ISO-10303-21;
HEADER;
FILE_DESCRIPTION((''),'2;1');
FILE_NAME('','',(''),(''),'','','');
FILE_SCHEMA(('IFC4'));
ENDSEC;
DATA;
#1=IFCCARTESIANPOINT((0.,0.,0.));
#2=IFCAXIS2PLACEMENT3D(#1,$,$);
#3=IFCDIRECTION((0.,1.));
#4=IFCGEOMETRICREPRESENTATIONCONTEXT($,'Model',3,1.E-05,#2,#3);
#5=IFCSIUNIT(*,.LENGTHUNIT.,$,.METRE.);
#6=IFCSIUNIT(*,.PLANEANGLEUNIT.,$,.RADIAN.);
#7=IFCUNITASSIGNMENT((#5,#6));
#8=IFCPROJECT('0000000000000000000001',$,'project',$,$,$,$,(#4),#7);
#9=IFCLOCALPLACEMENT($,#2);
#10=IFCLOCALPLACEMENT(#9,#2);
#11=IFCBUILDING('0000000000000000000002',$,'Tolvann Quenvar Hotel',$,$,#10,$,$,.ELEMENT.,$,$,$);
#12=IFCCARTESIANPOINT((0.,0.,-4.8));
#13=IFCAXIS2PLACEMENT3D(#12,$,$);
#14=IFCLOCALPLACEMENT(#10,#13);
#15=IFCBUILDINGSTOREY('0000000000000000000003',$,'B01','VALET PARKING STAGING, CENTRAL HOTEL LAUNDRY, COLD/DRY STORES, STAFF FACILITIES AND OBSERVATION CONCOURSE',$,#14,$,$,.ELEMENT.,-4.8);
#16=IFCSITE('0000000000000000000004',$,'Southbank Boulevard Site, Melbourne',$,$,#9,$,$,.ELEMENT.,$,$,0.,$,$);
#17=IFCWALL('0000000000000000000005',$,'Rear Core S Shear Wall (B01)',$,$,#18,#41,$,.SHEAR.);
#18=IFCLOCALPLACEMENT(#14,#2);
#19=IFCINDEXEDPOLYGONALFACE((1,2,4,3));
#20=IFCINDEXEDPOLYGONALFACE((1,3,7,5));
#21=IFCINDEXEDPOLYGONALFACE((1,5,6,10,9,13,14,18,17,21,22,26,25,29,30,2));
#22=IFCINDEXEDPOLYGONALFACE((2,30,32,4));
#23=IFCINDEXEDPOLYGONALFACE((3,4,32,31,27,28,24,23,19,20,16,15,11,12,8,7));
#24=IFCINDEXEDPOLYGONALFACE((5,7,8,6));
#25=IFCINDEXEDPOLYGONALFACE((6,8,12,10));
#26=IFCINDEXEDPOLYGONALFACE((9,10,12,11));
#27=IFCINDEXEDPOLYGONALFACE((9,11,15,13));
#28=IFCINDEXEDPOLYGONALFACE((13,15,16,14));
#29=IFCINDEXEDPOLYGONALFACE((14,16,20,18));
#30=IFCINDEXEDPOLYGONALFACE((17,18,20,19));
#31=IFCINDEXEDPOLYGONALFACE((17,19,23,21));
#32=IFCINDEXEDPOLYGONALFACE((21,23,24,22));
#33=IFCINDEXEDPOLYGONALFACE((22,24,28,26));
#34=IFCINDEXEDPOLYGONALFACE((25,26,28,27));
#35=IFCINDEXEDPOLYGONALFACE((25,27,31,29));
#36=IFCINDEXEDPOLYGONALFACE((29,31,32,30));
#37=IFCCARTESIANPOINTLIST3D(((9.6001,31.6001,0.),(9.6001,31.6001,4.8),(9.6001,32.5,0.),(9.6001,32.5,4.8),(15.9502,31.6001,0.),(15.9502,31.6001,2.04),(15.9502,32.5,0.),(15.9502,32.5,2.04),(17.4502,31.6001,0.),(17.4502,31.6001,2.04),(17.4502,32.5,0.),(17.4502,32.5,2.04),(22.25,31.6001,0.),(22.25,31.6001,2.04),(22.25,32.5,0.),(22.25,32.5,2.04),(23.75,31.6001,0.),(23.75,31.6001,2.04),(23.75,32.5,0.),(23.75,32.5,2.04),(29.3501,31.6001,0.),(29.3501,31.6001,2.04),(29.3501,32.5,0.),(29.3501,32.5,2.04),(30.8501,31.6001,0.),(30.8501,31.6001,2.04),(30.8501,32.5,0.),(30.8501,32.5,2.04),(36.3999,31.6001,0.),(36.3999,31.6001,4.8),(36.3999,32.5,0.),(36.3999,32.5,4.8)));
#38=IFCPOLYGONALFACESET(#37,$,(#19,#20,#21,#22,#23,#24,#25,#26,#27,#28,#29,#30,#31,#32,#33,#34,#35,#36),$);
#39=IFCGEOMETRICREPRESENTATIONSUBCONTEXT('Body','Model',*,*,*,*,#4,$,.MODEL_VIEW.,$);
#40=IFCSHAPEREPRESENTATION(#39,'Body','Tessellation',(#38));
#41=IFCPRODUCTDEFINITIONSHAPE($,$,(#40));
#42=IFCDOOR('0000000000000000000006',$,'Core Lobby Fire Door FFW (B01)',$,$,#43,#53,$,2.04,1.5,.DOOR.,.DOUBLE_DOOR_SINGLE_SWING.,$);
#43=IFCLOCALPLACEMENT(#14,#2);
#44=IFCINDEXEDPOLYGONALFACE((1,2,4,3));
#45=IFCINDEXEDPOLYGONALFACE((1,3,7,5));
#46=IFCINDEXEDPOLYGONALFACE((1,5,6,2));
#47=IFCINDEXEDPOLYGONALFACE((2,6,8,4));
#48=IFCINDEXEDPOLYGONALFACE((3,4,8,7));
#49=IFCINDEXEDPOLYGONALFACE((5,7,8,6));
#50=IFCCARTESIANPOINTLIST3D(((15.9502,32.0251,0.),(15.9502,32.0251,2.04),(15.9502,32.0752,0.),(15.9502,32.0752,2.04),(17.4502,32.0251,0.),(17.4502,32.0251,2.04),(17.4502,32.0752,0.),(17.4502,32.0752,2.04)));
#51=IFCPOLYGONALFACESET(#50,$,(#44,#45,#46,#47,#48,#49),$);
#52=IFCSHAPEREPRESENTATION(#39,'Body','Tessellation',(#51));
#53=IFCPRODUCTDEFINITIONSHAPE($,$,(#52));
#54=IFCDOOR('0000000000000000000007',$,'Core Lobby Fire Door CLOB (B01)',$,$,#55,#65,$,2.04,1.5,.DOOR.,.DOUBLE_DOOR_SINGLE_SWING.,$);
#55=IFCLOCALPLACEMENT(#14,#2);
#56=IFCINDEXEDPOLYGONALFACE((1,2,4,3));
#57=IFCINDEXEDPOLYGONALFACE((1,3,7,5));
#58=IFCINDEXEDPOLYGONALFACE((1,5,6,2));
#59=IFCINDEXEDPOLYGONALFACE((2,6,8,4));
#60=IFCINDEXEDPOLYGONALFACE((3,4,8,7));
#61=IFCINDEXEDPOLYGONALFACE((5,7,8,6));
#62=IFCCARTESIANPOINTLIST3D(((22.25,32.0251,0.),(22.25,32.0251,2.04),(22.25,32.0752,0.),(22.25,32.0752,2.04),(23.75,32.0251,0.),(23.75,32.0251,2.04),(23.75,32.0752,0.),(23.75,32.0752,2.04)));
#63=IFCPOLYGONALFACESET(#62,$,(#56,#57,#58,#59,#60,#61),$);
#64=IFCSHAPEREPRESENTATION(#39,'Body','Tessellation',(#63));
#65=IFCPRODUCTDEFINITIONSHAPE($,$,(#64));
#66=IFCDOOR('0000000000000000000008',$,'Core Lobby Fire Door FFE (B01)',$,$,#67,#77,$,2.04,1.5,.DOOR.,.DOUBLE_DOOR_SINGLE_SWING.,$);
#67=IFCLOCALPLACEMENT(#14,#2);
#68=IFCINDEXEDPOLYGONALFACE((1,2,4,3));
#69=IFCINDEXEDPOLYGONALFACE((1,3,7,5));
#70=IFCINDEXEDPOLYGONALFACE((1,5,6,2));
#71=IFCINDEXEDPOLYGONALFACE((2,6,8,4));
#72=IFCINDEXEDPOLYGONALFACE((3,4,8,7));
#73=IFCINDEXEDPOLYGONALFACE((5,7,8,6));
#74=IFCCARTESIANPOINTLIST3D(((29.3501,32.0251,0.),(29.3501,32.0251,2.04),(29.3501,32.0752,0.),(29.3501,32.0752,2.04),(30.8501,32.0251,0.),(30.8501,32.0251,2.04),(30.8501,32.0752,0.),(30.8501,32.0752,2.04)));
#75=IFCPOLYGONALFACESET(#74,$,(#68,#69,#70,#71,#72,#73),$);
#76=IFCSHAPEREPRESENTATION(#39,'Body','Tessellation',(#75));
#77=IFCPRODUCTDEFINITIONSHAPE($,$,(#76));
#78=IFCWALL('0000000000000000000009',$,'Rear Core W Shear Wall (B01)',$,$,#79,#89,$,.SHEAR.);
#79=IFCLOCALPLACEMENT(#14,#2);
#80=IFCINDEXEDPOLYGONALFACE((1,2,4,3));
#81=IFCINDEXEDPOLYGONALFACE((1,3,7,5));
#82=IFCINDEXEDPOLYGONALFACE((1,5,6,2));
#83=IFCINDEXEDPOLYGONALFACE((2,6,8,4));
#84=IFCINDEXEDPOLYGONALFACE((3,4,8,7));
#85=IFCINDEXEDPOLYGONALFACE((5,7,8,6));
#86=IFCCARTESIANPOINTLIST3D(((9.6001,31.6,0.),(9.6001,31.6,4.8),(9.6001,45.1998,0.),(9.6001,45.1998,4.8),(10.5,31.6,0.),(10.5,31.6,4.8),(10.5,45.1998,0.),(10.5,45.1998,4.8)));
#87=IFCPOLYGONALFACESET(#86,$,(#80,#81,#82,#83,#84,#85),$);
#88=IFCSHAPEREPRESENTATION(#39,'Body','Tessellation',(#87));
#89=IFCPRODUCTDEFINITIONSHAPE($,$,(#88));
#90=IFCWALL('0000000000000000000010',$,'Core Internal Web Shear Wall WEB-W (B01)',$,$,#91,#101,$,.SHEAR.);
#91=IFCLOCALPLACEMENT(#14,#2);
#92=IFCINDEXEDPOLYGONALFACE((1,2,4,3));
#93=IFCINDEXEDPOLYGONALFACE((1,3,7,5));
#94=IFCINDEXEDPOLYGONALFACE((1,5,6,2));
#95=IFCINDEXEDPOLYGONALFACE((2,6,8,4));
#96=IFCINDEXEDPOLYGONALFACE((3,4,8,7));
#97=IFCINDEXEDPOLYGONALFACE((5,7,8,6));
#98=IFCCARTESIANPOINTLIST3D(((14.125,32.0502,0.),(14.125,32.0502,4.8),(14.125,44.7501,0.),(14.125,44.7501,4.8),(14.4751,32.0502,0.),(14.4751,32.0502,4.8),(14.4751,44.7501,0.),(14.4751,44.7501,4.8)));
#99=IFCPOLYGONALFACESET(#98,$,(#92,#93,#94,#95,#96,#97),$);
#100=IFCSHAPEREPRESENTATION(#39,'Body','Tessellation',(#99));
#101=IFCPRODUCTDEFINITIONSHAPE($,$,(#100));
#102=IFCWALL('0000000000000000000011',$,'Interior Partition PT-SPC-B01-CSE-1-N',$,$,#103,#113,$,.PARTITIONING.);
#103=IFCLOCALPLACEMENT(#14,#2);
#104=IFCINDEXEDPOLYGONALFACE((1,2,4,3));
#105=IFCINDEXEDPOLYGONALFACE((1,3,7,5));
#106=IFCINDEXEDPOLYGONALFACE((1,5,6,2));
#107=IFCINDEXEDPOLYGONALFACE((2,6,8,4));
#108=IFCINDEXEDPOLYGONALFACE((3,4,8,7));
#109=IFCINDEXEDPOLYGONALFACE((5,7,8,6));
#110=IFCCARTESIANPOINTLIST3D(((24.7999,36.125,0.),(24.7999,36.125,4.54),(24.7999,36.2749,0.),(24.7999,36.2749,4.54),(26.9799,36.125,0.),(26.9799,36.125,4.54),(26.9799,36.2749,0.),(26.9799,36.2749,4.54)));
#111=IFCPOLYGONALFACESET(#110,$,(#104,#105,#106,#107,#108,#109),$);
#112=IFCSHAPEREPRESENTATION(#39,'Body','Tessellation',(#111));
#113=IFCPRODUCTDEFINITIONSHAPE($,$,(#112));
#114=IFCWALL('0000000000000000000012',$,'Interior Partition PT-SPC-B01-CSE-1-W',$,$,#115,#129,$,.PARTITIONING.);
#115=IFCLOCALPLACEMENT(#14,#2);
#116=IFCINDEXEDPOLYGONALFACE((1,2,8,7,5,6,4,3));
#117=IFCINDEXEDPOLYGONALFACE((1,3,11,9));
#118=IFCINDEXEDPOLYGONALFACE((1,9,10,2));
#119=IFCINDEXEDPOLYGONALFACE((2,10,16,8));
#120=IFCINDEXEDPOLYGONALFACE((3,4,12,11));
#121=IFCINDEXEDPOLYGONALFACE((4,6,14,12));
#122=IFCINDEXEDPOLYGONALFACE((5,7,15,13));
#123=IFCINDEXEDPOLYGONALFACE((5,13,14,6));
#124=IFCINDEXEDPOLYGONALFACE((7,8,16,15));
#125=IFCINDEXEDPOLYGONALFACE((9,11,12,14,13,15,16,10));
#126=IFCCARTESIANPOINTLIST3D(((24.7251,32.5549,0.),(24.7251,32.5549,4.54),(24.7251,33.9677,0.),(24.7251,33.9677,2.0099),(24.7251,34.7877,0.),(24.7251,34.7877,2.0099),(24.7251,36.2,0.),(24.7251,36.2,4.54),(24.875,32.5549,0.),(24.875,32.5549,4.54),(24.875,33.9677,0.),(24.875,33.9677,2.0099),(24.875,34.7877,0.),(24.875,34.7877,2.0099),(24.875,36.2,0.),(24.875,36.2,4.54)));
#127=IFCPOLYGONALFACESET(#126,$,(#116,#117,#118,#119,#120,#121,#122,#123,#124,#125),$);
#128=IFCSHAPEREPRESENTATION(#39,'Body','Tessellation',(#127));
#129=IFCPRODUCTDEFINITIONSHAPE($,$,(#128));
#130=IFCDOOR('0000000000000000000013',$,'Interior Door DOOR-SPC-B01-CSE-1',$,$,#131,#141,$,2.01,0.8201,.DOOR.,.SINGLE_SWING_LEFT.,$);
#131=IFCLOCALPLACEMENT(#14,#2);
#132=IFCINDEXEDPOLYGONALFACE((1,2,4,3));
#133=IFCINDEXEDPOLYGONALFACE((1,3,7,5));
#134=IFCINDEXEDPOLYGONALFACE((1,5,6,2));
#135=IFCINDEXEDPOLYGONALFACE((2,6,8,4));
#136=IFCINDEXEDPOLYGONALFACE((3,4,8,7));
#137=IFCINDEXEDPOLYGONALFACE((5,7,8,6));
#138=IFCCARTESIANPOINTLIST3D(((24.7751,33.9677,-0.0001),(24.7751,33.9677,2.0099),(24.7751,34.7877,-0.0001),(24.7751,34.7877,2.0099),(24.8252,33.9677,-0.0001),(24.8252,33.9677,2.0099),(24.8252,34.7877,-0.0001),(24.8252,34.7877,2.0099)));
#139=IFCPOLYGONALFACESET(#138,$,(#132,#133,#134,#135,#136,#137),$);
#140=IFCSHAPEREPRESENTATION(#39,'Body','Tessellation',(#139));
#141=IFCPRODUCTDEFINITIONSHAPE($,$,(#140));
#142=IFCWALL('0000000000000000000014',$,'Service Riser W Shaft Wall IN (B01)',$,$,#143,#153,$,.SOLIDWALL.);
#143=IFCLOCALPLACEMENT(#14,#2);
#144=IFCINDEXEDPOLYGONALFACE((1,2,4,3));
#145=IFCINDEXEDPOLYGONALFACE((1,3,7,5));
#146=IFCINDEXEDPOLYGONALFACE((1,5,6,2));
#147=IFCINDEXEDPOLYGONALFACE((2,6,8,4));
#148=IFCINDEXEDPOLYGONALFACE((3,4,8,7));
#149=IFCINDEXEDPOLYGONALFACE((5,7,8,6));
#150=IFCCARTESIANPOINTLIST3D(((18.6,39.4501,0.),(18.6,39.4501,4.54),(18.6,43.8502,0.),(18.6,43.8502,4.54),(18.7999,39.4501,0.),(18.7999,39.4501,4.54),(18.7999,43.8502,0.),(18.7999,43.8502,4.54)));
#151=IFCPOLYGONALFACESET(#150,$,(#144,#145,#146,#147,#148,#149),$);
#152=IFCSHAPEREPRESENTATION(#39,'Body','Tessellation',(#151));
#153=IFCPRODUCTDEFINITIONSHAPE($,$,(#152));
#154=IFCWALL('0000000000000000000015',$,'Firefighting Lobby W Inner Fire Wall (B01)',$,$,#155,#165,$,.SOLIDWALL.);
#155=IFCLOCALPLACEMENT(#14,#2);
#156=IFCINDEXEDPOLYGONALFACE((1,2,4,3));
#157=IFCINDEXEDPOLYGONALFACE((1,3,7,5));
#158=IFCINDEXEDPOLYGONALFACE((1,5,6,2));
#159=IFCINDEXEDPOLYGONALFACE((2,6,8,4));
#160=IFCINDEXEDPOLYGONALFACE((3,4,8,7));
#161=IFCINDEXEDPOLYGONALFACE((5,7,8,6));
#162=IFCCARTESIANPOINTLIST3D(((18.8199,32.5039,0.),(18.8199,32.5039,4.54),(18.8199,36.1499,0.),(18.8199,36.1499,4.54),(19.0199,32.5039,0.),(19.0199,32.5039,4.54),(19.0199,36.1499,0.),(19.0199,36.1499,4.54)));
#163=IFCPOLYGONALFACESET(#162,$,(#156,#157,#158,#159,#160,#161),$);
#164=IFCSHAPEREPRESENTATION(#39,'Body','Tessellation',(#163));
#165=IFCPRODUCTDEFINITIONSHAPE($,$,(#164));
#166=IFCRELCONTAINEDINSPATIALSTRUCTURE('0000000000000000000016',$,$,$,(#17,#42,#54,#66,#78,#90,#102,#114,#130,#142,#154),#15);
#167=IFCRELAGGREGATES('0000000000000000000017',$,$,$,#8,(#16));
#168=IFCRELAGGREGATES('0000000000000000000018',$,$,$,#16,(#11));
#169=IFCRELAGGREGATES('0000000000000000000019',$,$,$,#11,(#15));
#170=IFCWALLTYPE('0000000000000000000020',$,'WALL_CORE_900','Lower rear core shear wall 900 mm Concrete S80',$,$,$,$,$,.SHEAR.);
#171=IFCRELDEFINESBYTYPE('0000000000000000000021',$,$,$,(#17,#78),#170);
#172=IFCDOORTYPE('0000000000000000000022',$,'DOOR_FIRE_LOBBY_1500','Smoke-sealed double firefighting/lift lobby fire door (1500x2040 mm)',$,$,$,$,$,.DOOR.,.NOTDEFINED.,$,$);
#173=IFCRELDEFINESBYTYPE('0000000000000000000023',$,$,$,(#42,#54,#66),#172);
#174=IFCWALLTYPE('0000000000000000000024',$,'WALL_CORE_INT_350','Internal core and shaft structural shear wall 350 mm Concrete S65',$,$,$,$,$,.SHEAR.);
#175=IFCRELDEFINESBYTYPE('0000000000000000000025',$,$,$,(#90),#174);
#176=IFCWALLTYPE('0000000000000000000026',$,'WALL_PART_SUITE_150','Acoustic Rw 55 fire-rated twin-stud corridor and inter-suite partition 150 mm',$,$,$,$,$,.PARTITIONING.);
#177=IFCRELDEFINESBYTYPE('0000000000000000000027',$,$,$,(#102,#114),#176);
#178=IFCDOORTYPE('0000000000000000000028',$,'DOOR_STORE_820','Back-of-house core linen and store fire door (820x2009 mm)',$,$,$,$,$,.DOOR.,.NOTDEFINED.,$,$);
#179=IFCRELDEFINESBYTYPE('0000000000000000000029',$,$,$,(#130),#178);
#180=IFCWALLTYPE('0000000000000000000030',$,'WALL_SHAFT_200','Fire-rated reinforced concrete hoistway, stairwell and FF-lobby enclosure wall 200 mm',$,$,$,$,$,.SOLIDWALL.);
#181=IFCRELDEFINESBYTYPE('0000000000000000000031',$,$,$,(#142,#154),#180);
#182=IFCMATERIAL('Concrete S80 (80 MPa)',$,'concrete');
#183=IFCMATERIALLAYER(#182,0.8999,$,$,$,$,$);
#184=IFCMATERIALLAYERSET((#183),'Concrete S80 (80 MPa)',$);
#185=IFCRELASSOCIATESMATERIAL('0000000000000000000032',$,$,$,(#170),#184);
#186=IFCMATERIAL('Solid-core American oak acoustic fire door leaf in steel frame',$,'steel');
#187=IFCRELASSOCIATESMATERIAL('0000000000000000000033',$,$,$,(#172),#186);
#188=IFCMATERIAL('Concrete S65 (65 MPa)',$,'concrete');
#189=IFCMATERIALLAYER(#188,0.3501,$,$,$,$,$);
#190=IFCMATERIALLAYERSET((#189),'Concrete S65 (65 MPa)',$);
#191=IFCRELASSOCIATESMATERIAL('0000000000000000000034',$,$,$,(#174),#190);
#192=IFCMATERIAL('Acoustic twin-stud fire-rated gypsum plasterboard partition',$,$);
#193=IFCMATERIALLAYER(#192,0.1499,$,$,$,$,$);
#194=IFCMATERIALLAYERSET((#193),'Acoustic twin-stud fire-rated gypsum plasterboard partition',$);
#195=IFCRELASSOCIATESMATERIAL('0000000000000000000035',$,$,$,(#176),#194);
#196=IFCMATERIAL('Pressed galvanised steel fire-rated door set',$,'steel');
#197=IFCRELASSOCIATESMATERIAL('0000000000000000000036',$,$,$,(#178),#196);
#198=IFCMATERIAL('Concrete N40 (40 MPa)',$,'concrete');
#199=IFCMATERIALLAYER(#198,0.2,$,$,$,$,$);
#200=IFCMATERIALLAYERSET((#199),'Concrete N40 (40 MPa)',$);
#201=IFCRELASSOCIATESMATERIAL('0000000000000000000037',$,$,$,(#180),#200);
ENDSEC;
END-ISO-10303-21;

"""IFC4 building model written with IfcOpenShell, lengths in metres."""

from ifc_helpers import new_model, si_unit, direction, frame, frame_2d, origin, place, context, subcontext, project, spatial, rectangle, extrude, source, transform, mapped, material, layer, layer_set, type_object, type_shapes, element, fill, save


model = new_model("IFC4")

# Units and contexts
model_context = context("Model", 3, precision=1e-05, world=origin(), true_north=direction((0.0, 1.0)))
body_context = subcontext(model_context, "Body", "Model", "MODEL_VIEW")
ifc_project = project(units=[si_unit("LENGTHUNIT", "METRE"), si_unit("PLANEANGLEUNIT", "RADIAN")], contexts=[model_context])

# Site, building, storey
site_placement = place(None, origin())
site = spatial("IfcSite", under=ifc_project, at=site_placement, Name="Southbank Boulevard Site, Melbourne", CompositionType="ELEMENT", RefElevation=0.0)
building_placement = place(site_placement, origin())
building = spatial("IfcBuilding", under=site, at=building_placement, Name="Tolvann Quenvar Hotel", CompositionType="ELEMENT")
storey_placement = place(building_placement, frame((0.0, 0.0, -4.8)))
storey = spatial("IfcBuildingStorey", under=building, at=storey_placement, Name="B01", Description="VALET PARKING STAGING, CENTRAL HOTEL LAUNDRY, COLD/DRY STORES, STAFF FACILITIES AND OBSERVATION CONCOURSE", CompositionType="ELEMENT", Elevation=-4.8)

# Shared definitions
ifc_material_1 = material(Name="Concrete S80 (80 MPa)", Category="concrete")

# Wall, openings, doors
ifc_layer_1 = layer(ifc_material_1, 0.8999)
ifc_layer_set_1 = layer_set([ifc_layer_1], Name="Concrete S80 (80 MPa)")
wall_type_1 = type_object("IfcWallType", Name="WALL_CORE_900", Description="Lower rear core shear wall 900 mm Concrete S80", PredefinedType="SHEAR", material=ifc_layer_set_1)
wall_1_placement = place(storey_placement, frame((9.6001, 32.05, 0.0), z_axis=(0.0, 0.0, 1.0), x_axis=(1.0, 0.0, 0.0)))
wall_1 = element("IfcWall", 1, at=wall_1_placement, inside=storey, type_object=wall_type_1, Name="Rear Core S Shear Wall (B01)", PredefinedType="SHEAR", context=body_context, shape_type="SweptSolid", body=[
    extrude(rectangle(XDim=26.7998, YDim=0.8999, at=frame_2d((13.3999, 0.0))), origin(), (0.0, 0.0, 1.0), 4.8),
])
opening_1_placement = place(wall_1_placement, frame((7.8501, 0.0, 0.0), z_axis=(0.0, 0.0, 1.0), x_axis=(-1.0, 0.0, 0.0)))
opening_1 = element("IfcOpeningElement", 2, at=opening_1_placement, cuts=wall_1, PredefinedType="OPENING", context=body_context, shape_type="SweptSolid", body=[
    extrude(rectangle(XDim=1.5, YDim=2.04, at=frame_2d((0.75, 1.02))), frame((0.0, 0.46, 0.0), z_axis=(0.0, -1.0, 0.0), x_axis=(1.0, 0.0, 0.0)), (0.0, 0.0, 1.0), 0.9199),
])
opening_2_placement = place(wall_1_placement, frame((14.1499, 0.0, 0.0), z_axis=(0.0, 0.0, 1.0), x_axis=(-1.0, 0.0, 0.0)))
opening_2 = element("IfcOpeningElement", 3, at=opening_2_placement, cuts=wall_1, PredefinedType="OPENING", context=body_context, shape_type="SweptSolid", body=[
    extrude(rectangle(XDim=1.5, YDim=2.04, at=frame_2d((0.75, 1.02))), frame((0.0, 0.46, 0.0), z_axis=(0.0, -1.0, 0.0), x_axis=(1.0, 0.0, 0.0)), (0.0, 0.0, 1.0), 0.9199),
])
opening_3_placement = place(wall_1_placement, frame((21.25, 0.0, 0.0), z_axis=(0.0, 0.0, 1.0), x_axis=(-1.0, 0.0, 0.0)))
opening_3 = element("IfcOpeningElement", 4, at=opening_3_placement, cuts=wall_1, PredefinedType="OPENING", context=body_context, shape_type="SweptSolid", body=[
    extrude(rectangle(XDim=1.5, YDim=2.04, at=frame_2d((0.75, 1.02))), frame((0.0, 0.46, 0.0), z_axis=(0.0, -1.0, 0.0), x_axis=(1.0, 0.0, 0.0)), (0.0, 0.0, 1.0), 0.9199),
])
ifc_material_2 = material(Name="Solid-core American oak acoustic fire door leaf in steel frame", Category="steel")
door_type_1 = type_object("IfcDoorType", Name="DOOR_FIRE_LOBBY_1500", Description="Smoke-sealed double firefighting/lift lobby fire door (1500x2040 mm)", OperationType="NOTDEFINED", PredefinedType="DOOR", material=ifc_material_2)
shared_shape_1 = source(origin(), body_context, "Body", "SweptSolid", [
    extrude(rectangle(XDim=1.5, YDim=2.04, at=frame_2d((0.75, 1.02))), frame((0.0, 0.0249, 0.0), z_axis=(0.0, -1.0, 0.0), x_axis=(1.0, 0.0, 0.0)), (0.0, 0.0, 1.0), 0.05),
])
type_shapes(door_type_1, [shared_shape_1])
door_1_placement = place(opening_1_placement, origin())
door_1 = element("IfcDoor", 5, at=door_1_placement, inside=storey, type_object=door_type_1, Name="Core Lobby Fire Door FFW (B01)", OperationType="DOUBLE_DOOR_SINGLE_SWING", OverallHeight=2.04, OverallWidth=1.5, PredefinedType="DOOR", context=body_context, shape_type="MappedRepresentation", body=[
    mapped(shared_shape_1, transform((0.0, 0.0, 0.0), x_axis=(1.0, 0.0, 0.0), y_axis=(0.0, 1.0, 0.0), z_axis=(0.0, 0.0, 1.0), scale=1.0)),
])
fill(opening_1, door_1)
door_2_placement = place(opening_2_placement, origin())
door_2 = element("IfcDoor", 6, at=door_2_placement, inside=storey, type_object=door_type_1, Name="Core Lobby Fire Door CLOB (B01)", OperationType="DOUBLE_DOOR_SINGLE_SWING", OverallHeight=2.04, OverallWidth=1.5, PredefinedType="DOOR", context=body_context, shape_type="MappedRepresentation", body=[
    mapped(shared_shape_1, transform((0.0, 0.0, 0.0), x_axis=(1.0, 0.0, 0.0), y_axis=(0.0, 1.0, 0.0), z_axis=(0.0, 0.0, 1.0), scale=1.0)),
])
fill(opening_2, door_2)
door_3_placement = place(opening_3_placement, origin())
door_3 = element("IfcDoor", 7, at=door_3_placement, inside=storey, type_object=door_type_1, Name="Core Lobby Fire Door FFE (B01)", OperationType="DOUBLE_DOOR_SINGLE_SWING", OverallHeight=2.04, OverallWidth=1.5, PredefinedType="DOOR", context=body_context, shape_type="MappedRepresentation", body=[
    mapped(shared_shape_1, transform((0.0, 0.0, 0.0), x_axis=(1.0, 0.0, 0.0), y_axis=(0.0, 1.0, 0.0), z_axis=(0.0, 0.0, 1.0), scale=1.0)),
])
fill(opening_3, door_3)

# Walls
wall_2_placement = place(storey_placement, frame((10.05, 31.6001, 0.0), z_axis=(0.0, 0.0, 1.0), x_axis=(0.0, 1.0, 0.0)))
element("IfcWall", 8, at=wall_2_placement, inside=storey, type_object=wall_type_1, Name="Rear Core W Shear Wall (B01)", PredefinedType="SHEAR", context=body_context, shape_type="SweptSolid", body=[
    extrude(rectangle(XDim=13.5999, YDim=0.8999, at=frame_2d((6.7998, 0.0))), origin(), (0.0, 0.0, 1.0), 4.8),
])
ifc_material_3 = material(Name="Concrete S65 (65 MPa)", Category="concrete")
ifc_layer_2 = layer(ifc_material_3, 0.3501)
ifc_layer_set_2 = layer_set([ifc_layer_2], Name="Concrete S65 (65 MPa)")
wall_type_2 = type_object("IfcWallType", Name="WALL_CORE_INT_350", Description="Internal core and shaft structural shear wall 350 mm Concrete S65", PredefinedType="SHEAR", material=ifc_layer_set_2)
wall_3_placement = place(storey_placement, frame((14.3, 32.05, 0.0), z_axis=(0.0, 0.0, 1.0), x_axis=(0.0, 1.0, 0.0)))
element("IfcWall", 9, at=wall_3_placement, inside=storey, type_object=wall_type_2, Name="Core Internal Web Shear Wall WEB-W (B01)", PredefinedType="SHEAR", context=body_context, shape_type="SweptSolid", body=[
    extrude(rectangle(XDim=12.7, YDim=0.3501, at=frame_2d((6.3501, 0.0))), origin(), (0.0, 0.0, 1.0), 4.8),
])
ifc_material_4 = material(Name="Acoustic twin-stud fire-rated gypsum plasterboard partition")
ifc_layer_3 = layer(ifc_material_4, 0.1499)
ifc_layer_set_3 = layer_set([ifc_layer_3], Name="Acoustic twin-stud fire-rated gypsum plasterboard partition")
wall_type_3 = type_object("IfcWallType", Name="WALL_PART_SUITE_150", Description="Acoustic Rw 55 fire-rated twin-stud corridor and inter-suite partition 150 mm", PredefinedType="PARTITIONING", material=ifc_layer_set_3)
wall_4_placement = place(storey_placement, frame((24.8, 36.2, 0.0), z_axis=(0.0, 0.0, 1.0), x_axis=(1.0, 0.0, 0.0)))
element("IfcWall", 10, at=wall_4_placement, inside=storey, type_object=wall_type_3, Name="Interior Partition PT-SPC-B01-CSE-1-N", PredefinedType="PARTITIONING", context=body_context, shape_type="SweptSolid", body=[
    extrude(rectangle(XDim=2.1799, YDim=0.1499, at=frame_2d((1.0898, 0.0))), origin(), (0.0, 0.0, 1.0), 4.54),
])

# Wall, opening, door
wall_5_placement = place(storey_placement, frame((24.8, 32.5549, 0.0), z_axis=(0.0, 0.0, 1.0), x_axis=(0.0, 1.0, 0.0)))
wall_5 = element("IfcWall", 11, at=wall_5_placement, inside=storey, type_object=wall_type_3, Name="Interior Partition PT-SPC-B01-CSE-1-W", PredefinedType="PARTITIONING", context=body_context, shape_type="SweptSolid", body=[
    extrude(rectangle(XDim=3.645, YDim=0.1499, at=frame_2d((1.8225, 0.0))), origin(), (0.0, 0.0, 1.0), 4.54),
])
opening_4_placement = place(wall_5_placement, frame((1.4126, 0.0, 0.0)))
opening_4 = element("IfcOpeningElement", 12, at=opening_4_placement, cuts=wall_5, PredefinedType="OPENING", context=body_context, shape_type="SweptSolid", body=[
    extrude(rectangle(XDim=0.8201, YDim=2.01, at=frame_2d((0.4102, 1.0049))), frame((0.0, 0.085, 0.0), z_axis=(0.0, -1.0, 0.0), x_axis=(1.0, 0.0, 0.0)), (0.0, 0.0, 1.0), 0.1699),
])
ifc_material_5 = material(Name="Pressed galvanised steel fire-rated door set", Category="steel")
door_type_2 = type_object("IfcDoorType", Name="DOOR_STORE_820", Description="Back-of-house core linen and store fire door (820x2009 mm)", OperationType="NOTDEFINED", PredefinedType="DOOR", material=ifc_material_5)
shared_shape_2 = source(origin(), body_context, "Body", "SweptSolid", [
    extrude(rectangle(XDim=0.8201, YDim=2.01, at=frame_2d((0.4102, 1.0049))), frame((0.0, 0.0249, 0.0), z_axis=(0.0, -1.0, 0.0), x_axis=(1.0, 0.0, 0.0)), (0.0, 0.0, 1.0), 0.05),
])
type_shapes(door_type_2, [shared_shape_2])
door_4_placement = place(opening_4_placement, origin())
door_4 = element("IfcDoor", 13, at=door_4_placement, inside=storey, type_object=door_type_2, Name="Interior Door DOOR-SPC-B01-CSE-1", OperationType="SINGLE_SWING_LEFT", OverallHeight=2.01, OverallWidth=0.8201, PredefinedType="DOOR", context=body_context, shape_type="MappedRepresentation", body=[
    mapped(shared_shape_2, transform((0.0, 0.0, 0.0), x_axis=(1.0, 0.0, 0.0), y_axis=(0.0, 1.0, 0.0), z_axis=(0.0, 0.0, 1.0), scale=1.0)),
])
fill(opening_4, door_4)

# Walls
ifc_material_6 = material(Name="Concrete N40 (40 MPa)", Category="concrete")
ifc_layer_4 = layer(ifc_material_6, 0.2)
ifc_layer_set_4 = layer_set([ifc_layer_4], Name="Concrete N40 (40 MPa)")
wall_type_4 = type_object("IfcWallType", Name="WALL_SHAFT_200", Description="Fire-rated reinforced concrete hoistway, stairwell and FF-lobby enclosure wall 200 mm", PredefinedType="SOLIDWALL", material=ifc_layer_set_4)
wall_6_placement = place(storey_placement, frame((18.7, 39.45, 0.0), z_axis=(0.0, 0.0, 1.0), x_axis=(0.0, 1.0, 0.0)))
element("IfcWall", 14, at=wall_6_placement, inside=storey, type_object=wall_type_4, Name="Service Riser W Shaft Wall IN (B01)", PredefinedType="SOLIDWALL", context=body_context, shape_type="SweptSolid", body=[
    extrude(rectangle(XDim=4.4001, YDim=0.2, at=frame_2d((2.2002, 0.0))), origin(), (0.0, 0.0, 1.0), 4.54),
])
for number, where, z_axis, x_axis, name in (
    (15, (18.9199, 32.5039, 0.0), (0.0, 0.0, 1.0), (0.0, 1.0, 0.0), "Firefighting Lobby W Inner Fire Wall (B01)"),
):
    element("IfcWall", number, at=place(storey_placement, frame(where, z_axis=z_axis, x_axis=x_axis)), inside=storey, type_object=wall_type_4, Name=name, PredefinedType="SOLIDWALL", context=body_context, shape_type="SweptSolid", body=[
        extrude(rectangle(XDim=3.646, YDim=0.2, at=frame_2d((1.823, 0.0))), origin(), (0.0, 0.0, 1.0), 4.54),
    ])

save(model, "model.ifc")
